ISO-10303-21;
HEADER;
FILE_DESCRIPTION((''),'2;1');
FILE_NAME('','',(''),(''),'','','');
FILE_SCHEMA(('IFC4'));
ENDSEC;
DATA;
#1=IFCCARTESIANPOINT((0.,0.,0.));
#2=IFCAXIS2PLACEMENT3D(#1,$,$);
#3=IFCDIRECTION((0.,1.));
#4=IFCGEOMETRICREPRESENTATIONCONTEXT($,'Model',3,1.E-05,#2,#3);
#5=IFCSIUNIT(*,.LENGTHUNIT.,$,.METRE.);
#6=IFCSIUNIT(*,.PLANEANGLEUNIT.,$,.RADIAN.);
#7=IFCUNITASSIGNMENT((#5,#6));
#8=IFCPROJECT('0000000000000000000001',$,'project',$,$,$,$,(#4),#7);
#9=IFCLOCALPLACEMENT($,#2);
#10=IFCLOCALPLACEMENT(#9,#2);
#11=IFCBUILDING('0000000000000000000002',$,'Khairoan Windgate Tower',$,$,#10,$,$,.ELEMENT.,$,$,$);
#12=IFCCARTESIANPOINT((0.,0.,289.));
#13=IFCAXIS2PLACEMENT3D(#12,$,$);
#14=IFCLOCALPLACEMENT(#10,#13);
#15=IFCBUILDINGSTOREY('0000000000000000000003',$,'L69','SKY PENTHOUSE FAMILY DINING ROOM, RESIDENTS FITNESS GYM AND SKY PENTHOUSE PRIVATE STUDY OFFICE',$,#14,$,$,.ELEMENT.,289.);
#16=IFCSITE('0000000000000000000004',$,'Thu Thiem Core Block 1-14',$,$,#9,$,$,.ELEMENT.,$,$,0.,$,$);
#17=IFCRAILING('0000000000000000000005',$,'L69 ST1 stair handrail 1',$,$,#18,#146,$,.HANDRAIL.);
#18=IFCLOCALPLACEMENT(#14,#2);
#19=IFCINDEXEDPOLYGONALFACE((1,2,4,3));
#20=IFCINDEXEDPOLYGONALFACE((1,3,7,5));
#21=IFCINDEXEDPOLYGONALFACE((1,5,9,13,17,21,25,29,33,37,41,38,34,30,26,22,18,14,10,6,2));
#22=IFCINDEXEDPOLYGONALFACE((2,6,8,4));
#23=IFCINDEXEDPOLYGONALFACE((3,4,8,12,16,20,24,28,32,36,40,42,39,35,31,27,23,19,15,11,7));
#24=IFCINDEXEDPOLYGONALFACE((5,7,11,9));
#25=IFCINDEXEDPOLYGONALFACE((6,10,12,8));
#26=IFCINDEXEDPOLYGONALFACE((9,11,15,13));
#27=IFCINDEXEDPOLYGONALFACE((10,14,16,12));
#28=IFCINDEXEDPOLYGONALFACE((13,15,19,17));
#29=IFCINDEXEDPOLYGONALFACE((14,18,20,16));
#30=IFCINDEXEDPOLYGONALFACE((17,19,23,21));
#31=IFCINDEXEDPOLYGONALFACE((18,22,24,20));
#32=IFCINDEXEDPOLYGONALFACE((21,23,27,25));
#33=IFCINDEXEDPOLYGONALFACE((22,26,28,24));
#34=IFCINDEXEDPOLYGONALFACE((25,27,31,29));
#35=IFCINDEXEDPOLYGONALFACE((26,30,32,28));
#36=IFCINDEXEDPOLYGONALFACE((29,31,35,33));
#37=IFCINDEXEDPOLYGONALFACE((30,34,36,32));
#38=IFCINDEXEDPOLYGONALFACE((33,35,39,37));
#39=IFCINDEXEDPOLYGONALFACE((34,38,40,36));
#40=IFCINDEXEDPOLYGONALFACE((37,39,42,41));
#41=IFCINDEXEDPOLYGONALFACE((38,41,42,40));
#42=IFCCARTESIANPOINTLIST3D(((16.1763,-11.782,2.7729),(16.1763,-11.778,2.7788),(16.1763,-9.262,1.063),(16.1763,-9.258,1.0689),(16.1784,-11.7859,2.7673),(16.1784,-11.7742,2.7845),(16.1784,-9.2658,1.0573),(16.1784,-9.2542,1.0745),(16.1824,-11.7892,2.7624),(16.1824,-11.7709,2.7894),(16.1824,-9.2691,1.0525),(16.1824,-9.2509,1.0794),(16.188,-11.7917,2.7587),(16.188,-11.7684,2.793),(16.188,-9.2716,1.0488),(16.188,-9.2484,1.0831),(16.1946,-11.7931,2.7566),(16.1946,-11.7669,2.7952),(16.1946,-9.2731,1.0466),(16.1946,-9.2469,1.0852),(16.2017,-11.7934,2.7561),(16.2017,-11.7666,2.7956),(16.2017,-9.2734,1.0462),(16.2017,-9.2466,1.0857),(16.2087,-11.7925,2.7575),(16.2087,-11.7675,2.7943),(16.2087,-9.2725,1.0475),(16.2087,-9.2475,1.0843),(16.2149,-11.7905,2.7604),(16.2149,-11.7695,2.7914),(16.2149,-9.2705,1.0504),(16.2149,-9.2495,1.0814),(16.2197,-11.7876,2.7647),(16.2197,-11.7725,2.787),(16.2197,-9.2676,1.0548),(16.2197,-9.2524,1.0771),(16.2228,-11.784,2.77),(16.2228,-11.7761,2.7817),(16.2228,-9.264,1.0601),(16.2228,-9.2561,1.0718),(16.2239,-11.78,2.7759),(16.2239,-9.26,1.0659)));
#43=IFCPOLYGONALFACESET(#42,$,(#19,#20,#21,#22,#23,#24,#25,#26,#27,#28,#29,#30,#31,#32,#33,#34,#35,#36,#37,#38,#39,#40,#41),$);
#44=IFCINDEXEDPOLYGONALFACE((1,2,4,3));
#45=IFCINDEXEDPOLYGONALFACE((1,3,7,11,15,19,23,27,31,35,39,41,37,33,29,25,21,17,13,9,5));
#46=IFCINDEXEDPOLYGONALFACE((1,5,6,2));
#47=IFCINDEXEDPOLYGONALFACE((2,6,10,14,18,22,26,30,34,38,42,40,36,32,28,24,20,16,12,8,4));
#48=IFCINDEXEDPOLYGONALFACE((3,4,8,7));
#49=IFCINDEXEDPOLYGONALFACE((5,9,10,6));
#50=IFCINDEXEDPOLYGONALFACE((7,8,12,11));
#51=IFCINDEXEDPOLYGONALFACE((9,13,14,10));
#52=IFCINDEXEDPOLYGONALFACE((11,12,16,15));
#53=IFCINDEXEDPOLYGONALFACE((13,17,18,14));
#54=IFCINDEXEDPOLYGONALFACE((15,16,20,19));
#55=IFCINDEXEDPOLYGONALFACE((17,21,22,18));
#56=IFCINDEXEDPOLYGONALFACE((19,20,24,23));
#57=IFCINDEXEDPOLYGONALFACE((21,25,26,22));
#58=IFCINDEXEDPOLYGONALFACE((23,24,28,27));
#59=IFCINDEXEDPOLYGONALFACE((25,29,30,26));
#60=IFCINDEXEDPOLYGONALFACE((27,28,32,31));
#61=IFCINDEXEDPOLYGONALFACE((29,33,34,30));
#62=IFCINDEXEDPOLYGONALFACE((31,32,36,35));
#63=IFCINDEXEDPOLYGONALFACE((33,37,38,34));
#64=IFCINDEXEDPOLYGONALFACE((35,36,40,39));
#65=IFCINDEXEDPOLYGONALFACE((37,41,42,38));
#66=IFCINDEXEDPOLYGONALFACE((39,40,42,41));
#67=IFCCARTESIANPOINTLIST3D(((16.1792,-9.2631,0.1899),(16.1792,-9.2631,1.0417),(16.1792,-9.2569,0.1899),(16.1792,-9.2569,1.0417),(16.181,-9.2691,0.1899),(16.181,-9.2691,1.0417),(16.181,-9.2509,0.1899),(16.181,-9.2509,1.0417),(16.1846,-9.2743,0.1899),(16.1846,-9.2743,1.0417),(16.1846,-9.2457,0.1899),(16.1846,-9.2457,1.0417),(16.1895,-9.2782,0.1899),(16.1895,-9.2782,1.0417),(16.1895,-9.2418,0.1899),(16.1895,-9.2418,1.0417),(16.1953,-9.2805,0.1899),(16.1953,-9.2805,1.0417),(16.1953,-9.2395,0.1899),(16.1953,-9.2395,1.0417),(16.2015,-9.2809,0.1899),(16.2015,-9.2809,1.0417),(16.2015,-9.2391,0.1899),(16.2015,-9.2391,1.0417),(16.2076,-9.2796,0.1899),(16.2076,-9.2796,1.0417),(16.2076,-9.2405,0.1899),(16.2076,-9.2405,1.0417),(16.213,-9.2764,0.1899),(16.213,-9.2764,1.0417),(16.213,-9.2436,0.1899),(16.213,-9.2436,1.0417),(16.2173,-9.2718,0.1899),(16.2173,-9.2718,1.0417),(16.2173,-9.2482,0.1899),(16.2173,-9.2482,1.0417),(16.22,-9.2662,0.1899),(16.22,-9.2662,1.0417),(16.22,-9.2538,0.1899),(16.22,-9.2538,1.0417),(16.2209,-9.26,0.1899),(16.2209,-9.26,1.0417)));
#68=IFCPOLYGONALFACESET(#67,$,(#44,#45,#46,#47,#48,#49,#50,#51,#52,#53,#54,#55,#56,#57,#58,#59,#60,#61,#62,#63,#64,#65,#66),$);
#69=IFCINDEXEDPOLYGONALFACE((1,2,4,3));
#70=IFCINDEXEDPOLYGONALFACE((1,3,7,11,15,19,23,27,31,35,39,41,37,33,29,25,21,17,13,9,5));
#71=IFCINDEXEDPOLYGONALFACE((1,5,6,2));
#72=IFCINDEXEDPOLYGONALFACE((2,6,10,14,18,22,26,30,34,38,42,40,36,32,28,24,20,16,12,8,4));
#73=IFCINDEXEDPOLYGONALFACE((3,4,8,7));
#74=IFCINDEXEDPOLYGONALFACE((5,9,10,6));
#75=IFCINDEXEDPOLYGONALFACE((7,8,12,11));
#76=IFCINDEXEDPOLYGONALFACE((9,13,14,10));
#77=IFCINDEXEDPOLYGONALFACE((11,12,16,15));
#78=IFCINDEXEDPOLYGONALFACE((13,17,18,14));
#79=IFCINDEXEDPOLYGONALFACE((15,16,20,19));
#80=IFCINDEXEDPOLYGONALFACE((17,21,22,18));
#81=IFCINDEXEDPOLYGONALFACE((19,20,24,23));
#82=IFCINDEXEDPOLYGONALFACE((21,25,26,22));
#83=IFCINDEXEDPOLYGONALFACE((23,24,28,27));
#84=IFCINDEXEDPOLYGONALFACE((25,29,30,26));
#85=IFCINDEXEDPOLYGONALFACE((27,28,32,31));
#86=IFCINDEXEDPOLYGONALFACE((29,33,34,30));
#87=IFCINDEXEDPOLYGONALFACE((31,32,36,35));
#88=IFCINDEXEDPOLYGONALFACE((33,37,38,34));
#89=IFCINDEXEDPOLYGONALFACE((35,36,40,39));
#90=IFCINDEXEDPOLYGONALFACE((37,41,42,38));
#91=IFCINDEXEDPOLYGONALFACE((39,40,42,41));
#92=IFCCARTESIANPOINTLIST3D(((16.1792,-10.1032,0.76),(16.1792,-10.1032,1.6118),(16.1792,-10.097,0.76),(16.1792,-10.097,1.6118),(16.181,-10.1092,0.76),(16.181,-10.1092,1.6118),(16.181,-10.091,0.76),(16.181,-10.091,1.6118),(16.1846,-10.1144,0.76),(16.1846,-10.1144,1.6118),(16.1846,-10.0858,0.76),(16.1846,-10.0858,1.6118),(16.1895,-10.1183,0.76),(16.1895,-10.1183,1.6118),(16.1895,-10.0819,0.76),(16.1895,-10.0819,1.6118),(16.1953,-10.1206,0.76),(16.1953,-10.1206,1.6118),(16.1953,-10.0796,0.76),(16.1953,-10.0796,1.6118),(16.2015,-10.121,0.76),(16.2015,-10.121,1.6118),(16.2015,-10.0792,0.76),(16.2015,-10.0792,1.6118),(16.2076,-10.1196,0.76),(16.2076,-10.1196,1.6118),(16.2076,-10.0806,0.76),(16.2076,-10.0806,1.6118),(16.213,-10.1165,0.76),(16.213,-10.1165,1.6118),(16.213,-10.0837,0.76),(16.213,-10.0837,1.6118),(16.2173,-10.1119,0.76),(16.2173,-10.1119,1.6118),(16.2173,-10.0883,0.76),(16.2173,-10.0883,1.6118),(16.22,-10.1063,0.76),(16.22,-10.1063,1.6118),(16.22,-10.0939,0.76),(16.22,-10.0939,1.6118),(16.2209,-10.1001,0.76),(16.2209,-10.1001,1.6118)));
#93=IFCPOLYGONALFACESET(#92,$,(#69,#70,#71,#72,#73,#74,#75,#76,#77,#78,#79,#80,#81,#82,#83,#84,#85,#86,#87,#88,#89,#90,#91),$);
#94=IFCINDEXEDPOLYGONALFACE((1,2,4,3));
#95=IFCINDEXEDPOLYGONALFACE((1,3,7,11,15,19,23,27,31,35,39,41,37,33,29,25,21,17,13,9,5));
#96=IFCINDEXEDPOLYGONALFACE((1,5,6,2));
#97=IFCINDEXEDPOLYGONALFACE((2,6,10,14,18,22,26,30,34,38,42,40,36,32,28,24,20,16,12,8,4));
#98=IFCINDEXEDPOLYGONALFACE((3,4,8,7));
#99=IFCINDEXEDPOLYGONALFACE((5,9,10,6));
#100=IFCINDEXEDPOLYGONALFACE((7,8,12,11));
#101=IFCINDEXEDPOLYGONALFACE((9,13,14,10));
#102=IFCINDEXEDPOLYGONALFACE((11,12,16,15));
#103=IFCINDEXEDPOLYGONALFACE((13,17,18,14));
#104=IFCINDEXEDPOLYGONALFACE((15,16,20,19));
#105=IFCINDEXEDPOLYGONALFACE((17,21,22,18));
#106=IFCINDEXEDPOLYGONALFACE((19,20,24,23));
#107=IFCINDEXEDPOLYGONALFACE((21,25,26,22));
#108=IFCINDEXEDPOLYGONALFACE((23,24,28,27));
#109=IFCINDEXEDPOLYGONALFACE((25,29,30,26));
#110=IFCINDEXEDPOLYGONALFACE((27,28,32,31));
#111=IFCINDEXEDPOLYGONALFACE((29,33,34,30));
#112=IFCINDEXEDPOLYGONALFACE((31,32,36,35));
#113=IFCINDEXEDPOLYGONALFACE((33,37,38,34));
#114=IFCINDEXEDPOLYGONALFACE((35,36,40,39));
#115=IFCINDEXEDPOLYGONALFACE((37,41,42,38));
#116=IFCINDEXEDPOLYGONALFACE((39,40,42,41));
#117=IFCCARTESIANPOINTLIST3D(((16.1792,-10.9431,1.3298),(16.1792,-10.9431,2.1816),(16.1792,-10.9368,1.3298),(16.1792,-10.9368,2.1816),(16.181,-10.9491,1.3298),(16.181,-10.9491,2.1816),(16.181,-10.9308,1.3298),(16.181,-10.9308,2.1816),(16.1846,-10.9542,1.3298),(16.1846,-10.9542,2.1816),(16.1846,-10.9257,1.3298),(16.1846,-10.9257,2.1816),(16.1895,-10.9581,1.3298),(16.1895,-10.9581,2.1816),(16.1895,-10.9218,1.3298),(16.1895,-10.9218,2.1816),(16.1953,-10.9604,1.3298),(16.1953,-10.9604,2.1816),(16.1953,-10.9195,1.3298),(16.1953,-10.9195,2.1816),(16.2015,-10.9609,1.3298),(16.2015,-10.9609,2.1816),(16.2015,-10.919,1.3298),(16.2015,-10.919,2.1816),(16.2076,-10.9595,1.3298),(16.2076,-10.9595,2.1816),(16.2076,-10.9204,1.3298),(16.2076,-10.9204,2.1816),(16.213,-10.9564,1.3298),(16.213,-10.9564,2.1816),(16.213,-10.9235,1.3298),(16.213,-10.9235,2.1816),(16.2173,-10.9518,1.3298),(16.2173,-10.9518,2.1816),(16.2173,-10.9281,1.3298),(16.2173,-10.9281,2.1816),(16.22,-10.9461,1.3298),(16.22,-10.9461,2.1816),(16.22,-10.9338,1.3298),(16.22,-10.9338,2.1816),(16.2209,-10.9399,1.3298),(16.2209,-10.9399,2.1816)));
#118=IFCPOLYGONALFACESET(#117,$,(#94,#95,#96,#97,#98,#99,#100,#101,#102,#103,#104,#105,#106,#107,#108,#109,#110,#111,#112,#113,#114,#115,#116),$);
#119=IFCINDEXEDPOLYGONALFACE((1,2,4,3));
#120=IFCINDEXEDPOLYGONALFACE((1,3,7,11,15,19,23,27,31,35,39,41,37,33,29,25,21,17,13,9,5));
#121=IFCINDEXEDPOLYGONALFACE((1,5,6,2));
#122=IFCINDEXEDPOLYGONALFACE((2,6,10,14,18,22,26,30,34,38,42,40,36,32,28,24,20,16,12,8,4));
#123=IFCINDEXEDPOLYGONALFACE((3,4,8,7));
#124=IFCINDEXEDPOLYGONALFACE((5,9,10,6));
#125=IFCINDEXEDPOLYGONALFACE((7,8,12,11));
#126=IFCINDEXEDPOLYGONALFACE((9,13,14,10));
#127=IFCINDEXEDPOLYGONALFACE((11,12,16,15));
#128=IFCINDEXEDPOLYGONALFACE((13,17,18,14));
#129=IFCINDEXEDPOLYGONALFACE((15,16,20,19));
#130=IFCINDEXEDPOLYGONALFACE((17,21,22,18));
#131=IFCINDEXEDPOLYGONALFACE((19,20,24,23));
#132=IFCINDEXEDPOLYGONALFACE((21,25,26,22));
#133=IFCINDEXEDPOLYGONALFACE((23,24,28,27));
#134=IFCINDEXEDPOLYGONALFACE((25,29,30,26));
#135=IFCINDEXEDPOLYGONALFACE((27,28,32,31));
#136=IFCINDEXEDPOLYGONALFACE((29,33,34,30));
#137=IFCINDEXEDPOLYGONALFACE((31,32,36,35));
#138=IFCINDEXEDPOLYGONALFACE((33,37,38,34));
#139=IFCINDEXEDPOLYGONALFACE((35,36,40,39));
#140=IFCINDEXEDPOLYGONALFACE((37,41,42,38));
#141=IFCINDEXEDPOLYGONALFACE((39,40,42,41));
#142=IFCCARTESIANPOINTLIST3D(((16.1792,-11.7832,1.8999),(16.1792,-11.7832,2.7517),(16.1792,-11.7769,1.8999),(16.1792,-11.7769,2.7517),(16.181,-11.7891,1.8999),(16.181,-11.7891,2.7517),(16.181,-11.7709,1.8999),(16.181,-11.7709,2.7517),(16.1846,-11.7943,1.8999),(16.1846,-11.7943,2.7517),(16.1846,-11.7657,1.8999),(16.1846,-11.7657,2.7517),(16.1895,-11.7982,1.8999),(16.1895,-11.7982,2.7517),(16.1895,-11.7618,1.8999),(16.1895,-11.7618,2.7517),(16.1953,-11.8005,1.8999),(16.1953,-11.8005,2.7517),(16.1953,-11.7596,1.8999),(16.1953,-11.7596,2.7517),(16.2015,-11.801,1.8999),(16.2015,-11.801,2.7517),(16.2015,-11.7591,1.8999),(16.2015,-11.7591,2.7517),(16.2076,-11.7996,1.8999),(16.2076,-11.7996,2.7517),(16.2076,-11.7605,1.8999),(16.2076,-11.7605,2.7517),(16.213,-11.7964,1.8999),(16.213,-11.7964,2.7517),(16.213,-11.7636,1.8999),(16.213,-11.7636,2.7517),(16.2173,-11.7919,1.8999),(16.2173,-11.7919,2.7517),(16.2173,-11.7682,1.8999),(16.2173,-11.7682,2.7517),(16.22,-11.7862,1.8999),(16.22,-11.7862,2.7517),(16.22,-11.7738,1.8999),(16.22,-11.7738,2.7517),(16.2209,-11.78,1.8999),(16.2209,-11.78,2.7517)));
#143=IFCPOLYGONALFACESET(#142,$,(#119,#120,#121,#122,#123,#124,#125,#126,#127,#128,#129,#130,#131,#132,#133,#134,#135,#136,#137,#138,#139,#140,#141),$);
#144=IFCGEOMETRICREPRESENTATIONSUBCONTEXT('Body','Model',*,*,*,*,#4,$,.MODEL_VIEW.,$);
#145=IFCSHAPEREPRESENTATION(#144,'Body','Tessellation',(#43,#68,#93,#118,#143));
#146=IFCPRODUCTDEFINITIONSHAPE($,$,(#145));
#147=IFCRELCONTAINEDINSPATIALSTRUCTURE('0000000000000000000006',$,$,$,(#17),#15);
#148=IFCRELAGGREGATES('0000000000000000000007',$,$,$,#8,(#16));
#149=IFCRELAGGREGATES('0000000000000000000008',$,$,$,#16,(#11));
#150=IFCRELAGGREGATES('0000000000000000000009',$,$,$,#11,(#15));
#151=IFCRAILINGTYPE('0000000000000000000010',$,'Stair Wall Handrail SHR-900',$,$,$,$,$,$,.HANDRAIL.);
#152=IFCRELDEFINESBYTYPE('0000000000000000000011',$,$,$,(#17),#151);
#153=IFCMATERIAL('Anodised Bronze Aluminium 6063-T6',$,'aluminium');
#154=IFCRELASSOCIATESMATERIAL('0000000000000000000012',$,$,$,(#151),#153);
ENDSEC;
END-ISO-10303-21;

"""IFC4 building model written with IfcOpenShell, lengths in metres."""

from ifc_helpers import new_model, si_unit, direction, frame, origin, origin_2d, place, context, subcontext, project, spatial, circle, extrude, material, type_object, element, save


model = new_model("IFC4")

# Units and contexts
model_context = context("Model", 3, precision=1e-05, world=origin(), true_north=direction((0.0, 1.0)))
body_context = subcontext(model_context, "Body", "Model", "MODEL_VIEW")
ifc_project = project(units=[si_unit("LENGTHUNIT", "METRE"), si_unit("PLANEANGLEUNIT", "RADIAN")], contexts=[model_context])

# Site, building, storey
site_placement = place(None, origin())
site = spatial("IfcSite", under=ifc_project, at=site_placement, Name="Thu Thiem Core Block 1-14", CompositionType="ELEMENT", RefElevation=0.0)
building_placement = place(site_placement, origin())
building = spatial("IfcBuilding", under=site, at=building_placement, Name="Khairoan Windgate Tower", CompositionType="ELEMENT")
storey_placement = place(building_placement, frame((0.0, 0.0, 289.0)))
storey = spatial("IfcBuildingStorey", under=building, at=storey_placement, Name="L69", Description="SKY PENTHOUSE FAMILY DINING ROOM, RESIDENTS FITNESS GYM AND SKY PENTHOUSE PRIVATE STUDY OFFICE", CompositionType="ELEMENT", Elevation=289.0)

# Railing
ifc_material_1 = material(Name="Anodised Bronze Aluminium 6063-T6", Category="aluminium")
railing_type_1 = type_object("IfcRailingType", Name="Stair Wall Handrail SHR-900", PredefinedType="HANDRAIL", material=ifc_material_1)
railing_1_placement = place(storey_placement, frame((16.2, -9.26, 0.1899)))
element("IfcRailing", 1, at=railing_1_placement, inside=storey, type_object=railing_type_1, Name="L69 ST1 stair handrail 1", PredefinedType="HANDRAIL", context=body_context, shape_type="SweptSolid", body=[
    extrude(circle(Radius=0.0239, at=origin_2d()), frame((0.0, 0.0, 0.876), z_axis=(0.0, -0.827484, 0.56149), x_axis=(1.0, 0.0, 0.0)), (0.0, 0.0, 1.0), 3.0454),
    extrude(circle(Radius=0.021, at=origin_2d()), origin(), (0.0, 0.0, 1.0), 0.8518),
    extrude(circle(Radius=0.021, at=origin_2d()), frame((0.0, -0.8401, 0.5701)), (0.0, 0.0, 1.0), 0.8518),
    extrude(circle(Radius=0.021, at=origin_2d()), frame((0.0, -1.6799, 1.1399)), (0.0, 0.0, 1.0), 0.8518),
    extrude(circle(Radius=0.021, at=origin_2d()), frame((0.0, -2.52, 1.71)), (0.0, 0.0, 1.0), 0.8518),
])

save(model, "model.ifc")
